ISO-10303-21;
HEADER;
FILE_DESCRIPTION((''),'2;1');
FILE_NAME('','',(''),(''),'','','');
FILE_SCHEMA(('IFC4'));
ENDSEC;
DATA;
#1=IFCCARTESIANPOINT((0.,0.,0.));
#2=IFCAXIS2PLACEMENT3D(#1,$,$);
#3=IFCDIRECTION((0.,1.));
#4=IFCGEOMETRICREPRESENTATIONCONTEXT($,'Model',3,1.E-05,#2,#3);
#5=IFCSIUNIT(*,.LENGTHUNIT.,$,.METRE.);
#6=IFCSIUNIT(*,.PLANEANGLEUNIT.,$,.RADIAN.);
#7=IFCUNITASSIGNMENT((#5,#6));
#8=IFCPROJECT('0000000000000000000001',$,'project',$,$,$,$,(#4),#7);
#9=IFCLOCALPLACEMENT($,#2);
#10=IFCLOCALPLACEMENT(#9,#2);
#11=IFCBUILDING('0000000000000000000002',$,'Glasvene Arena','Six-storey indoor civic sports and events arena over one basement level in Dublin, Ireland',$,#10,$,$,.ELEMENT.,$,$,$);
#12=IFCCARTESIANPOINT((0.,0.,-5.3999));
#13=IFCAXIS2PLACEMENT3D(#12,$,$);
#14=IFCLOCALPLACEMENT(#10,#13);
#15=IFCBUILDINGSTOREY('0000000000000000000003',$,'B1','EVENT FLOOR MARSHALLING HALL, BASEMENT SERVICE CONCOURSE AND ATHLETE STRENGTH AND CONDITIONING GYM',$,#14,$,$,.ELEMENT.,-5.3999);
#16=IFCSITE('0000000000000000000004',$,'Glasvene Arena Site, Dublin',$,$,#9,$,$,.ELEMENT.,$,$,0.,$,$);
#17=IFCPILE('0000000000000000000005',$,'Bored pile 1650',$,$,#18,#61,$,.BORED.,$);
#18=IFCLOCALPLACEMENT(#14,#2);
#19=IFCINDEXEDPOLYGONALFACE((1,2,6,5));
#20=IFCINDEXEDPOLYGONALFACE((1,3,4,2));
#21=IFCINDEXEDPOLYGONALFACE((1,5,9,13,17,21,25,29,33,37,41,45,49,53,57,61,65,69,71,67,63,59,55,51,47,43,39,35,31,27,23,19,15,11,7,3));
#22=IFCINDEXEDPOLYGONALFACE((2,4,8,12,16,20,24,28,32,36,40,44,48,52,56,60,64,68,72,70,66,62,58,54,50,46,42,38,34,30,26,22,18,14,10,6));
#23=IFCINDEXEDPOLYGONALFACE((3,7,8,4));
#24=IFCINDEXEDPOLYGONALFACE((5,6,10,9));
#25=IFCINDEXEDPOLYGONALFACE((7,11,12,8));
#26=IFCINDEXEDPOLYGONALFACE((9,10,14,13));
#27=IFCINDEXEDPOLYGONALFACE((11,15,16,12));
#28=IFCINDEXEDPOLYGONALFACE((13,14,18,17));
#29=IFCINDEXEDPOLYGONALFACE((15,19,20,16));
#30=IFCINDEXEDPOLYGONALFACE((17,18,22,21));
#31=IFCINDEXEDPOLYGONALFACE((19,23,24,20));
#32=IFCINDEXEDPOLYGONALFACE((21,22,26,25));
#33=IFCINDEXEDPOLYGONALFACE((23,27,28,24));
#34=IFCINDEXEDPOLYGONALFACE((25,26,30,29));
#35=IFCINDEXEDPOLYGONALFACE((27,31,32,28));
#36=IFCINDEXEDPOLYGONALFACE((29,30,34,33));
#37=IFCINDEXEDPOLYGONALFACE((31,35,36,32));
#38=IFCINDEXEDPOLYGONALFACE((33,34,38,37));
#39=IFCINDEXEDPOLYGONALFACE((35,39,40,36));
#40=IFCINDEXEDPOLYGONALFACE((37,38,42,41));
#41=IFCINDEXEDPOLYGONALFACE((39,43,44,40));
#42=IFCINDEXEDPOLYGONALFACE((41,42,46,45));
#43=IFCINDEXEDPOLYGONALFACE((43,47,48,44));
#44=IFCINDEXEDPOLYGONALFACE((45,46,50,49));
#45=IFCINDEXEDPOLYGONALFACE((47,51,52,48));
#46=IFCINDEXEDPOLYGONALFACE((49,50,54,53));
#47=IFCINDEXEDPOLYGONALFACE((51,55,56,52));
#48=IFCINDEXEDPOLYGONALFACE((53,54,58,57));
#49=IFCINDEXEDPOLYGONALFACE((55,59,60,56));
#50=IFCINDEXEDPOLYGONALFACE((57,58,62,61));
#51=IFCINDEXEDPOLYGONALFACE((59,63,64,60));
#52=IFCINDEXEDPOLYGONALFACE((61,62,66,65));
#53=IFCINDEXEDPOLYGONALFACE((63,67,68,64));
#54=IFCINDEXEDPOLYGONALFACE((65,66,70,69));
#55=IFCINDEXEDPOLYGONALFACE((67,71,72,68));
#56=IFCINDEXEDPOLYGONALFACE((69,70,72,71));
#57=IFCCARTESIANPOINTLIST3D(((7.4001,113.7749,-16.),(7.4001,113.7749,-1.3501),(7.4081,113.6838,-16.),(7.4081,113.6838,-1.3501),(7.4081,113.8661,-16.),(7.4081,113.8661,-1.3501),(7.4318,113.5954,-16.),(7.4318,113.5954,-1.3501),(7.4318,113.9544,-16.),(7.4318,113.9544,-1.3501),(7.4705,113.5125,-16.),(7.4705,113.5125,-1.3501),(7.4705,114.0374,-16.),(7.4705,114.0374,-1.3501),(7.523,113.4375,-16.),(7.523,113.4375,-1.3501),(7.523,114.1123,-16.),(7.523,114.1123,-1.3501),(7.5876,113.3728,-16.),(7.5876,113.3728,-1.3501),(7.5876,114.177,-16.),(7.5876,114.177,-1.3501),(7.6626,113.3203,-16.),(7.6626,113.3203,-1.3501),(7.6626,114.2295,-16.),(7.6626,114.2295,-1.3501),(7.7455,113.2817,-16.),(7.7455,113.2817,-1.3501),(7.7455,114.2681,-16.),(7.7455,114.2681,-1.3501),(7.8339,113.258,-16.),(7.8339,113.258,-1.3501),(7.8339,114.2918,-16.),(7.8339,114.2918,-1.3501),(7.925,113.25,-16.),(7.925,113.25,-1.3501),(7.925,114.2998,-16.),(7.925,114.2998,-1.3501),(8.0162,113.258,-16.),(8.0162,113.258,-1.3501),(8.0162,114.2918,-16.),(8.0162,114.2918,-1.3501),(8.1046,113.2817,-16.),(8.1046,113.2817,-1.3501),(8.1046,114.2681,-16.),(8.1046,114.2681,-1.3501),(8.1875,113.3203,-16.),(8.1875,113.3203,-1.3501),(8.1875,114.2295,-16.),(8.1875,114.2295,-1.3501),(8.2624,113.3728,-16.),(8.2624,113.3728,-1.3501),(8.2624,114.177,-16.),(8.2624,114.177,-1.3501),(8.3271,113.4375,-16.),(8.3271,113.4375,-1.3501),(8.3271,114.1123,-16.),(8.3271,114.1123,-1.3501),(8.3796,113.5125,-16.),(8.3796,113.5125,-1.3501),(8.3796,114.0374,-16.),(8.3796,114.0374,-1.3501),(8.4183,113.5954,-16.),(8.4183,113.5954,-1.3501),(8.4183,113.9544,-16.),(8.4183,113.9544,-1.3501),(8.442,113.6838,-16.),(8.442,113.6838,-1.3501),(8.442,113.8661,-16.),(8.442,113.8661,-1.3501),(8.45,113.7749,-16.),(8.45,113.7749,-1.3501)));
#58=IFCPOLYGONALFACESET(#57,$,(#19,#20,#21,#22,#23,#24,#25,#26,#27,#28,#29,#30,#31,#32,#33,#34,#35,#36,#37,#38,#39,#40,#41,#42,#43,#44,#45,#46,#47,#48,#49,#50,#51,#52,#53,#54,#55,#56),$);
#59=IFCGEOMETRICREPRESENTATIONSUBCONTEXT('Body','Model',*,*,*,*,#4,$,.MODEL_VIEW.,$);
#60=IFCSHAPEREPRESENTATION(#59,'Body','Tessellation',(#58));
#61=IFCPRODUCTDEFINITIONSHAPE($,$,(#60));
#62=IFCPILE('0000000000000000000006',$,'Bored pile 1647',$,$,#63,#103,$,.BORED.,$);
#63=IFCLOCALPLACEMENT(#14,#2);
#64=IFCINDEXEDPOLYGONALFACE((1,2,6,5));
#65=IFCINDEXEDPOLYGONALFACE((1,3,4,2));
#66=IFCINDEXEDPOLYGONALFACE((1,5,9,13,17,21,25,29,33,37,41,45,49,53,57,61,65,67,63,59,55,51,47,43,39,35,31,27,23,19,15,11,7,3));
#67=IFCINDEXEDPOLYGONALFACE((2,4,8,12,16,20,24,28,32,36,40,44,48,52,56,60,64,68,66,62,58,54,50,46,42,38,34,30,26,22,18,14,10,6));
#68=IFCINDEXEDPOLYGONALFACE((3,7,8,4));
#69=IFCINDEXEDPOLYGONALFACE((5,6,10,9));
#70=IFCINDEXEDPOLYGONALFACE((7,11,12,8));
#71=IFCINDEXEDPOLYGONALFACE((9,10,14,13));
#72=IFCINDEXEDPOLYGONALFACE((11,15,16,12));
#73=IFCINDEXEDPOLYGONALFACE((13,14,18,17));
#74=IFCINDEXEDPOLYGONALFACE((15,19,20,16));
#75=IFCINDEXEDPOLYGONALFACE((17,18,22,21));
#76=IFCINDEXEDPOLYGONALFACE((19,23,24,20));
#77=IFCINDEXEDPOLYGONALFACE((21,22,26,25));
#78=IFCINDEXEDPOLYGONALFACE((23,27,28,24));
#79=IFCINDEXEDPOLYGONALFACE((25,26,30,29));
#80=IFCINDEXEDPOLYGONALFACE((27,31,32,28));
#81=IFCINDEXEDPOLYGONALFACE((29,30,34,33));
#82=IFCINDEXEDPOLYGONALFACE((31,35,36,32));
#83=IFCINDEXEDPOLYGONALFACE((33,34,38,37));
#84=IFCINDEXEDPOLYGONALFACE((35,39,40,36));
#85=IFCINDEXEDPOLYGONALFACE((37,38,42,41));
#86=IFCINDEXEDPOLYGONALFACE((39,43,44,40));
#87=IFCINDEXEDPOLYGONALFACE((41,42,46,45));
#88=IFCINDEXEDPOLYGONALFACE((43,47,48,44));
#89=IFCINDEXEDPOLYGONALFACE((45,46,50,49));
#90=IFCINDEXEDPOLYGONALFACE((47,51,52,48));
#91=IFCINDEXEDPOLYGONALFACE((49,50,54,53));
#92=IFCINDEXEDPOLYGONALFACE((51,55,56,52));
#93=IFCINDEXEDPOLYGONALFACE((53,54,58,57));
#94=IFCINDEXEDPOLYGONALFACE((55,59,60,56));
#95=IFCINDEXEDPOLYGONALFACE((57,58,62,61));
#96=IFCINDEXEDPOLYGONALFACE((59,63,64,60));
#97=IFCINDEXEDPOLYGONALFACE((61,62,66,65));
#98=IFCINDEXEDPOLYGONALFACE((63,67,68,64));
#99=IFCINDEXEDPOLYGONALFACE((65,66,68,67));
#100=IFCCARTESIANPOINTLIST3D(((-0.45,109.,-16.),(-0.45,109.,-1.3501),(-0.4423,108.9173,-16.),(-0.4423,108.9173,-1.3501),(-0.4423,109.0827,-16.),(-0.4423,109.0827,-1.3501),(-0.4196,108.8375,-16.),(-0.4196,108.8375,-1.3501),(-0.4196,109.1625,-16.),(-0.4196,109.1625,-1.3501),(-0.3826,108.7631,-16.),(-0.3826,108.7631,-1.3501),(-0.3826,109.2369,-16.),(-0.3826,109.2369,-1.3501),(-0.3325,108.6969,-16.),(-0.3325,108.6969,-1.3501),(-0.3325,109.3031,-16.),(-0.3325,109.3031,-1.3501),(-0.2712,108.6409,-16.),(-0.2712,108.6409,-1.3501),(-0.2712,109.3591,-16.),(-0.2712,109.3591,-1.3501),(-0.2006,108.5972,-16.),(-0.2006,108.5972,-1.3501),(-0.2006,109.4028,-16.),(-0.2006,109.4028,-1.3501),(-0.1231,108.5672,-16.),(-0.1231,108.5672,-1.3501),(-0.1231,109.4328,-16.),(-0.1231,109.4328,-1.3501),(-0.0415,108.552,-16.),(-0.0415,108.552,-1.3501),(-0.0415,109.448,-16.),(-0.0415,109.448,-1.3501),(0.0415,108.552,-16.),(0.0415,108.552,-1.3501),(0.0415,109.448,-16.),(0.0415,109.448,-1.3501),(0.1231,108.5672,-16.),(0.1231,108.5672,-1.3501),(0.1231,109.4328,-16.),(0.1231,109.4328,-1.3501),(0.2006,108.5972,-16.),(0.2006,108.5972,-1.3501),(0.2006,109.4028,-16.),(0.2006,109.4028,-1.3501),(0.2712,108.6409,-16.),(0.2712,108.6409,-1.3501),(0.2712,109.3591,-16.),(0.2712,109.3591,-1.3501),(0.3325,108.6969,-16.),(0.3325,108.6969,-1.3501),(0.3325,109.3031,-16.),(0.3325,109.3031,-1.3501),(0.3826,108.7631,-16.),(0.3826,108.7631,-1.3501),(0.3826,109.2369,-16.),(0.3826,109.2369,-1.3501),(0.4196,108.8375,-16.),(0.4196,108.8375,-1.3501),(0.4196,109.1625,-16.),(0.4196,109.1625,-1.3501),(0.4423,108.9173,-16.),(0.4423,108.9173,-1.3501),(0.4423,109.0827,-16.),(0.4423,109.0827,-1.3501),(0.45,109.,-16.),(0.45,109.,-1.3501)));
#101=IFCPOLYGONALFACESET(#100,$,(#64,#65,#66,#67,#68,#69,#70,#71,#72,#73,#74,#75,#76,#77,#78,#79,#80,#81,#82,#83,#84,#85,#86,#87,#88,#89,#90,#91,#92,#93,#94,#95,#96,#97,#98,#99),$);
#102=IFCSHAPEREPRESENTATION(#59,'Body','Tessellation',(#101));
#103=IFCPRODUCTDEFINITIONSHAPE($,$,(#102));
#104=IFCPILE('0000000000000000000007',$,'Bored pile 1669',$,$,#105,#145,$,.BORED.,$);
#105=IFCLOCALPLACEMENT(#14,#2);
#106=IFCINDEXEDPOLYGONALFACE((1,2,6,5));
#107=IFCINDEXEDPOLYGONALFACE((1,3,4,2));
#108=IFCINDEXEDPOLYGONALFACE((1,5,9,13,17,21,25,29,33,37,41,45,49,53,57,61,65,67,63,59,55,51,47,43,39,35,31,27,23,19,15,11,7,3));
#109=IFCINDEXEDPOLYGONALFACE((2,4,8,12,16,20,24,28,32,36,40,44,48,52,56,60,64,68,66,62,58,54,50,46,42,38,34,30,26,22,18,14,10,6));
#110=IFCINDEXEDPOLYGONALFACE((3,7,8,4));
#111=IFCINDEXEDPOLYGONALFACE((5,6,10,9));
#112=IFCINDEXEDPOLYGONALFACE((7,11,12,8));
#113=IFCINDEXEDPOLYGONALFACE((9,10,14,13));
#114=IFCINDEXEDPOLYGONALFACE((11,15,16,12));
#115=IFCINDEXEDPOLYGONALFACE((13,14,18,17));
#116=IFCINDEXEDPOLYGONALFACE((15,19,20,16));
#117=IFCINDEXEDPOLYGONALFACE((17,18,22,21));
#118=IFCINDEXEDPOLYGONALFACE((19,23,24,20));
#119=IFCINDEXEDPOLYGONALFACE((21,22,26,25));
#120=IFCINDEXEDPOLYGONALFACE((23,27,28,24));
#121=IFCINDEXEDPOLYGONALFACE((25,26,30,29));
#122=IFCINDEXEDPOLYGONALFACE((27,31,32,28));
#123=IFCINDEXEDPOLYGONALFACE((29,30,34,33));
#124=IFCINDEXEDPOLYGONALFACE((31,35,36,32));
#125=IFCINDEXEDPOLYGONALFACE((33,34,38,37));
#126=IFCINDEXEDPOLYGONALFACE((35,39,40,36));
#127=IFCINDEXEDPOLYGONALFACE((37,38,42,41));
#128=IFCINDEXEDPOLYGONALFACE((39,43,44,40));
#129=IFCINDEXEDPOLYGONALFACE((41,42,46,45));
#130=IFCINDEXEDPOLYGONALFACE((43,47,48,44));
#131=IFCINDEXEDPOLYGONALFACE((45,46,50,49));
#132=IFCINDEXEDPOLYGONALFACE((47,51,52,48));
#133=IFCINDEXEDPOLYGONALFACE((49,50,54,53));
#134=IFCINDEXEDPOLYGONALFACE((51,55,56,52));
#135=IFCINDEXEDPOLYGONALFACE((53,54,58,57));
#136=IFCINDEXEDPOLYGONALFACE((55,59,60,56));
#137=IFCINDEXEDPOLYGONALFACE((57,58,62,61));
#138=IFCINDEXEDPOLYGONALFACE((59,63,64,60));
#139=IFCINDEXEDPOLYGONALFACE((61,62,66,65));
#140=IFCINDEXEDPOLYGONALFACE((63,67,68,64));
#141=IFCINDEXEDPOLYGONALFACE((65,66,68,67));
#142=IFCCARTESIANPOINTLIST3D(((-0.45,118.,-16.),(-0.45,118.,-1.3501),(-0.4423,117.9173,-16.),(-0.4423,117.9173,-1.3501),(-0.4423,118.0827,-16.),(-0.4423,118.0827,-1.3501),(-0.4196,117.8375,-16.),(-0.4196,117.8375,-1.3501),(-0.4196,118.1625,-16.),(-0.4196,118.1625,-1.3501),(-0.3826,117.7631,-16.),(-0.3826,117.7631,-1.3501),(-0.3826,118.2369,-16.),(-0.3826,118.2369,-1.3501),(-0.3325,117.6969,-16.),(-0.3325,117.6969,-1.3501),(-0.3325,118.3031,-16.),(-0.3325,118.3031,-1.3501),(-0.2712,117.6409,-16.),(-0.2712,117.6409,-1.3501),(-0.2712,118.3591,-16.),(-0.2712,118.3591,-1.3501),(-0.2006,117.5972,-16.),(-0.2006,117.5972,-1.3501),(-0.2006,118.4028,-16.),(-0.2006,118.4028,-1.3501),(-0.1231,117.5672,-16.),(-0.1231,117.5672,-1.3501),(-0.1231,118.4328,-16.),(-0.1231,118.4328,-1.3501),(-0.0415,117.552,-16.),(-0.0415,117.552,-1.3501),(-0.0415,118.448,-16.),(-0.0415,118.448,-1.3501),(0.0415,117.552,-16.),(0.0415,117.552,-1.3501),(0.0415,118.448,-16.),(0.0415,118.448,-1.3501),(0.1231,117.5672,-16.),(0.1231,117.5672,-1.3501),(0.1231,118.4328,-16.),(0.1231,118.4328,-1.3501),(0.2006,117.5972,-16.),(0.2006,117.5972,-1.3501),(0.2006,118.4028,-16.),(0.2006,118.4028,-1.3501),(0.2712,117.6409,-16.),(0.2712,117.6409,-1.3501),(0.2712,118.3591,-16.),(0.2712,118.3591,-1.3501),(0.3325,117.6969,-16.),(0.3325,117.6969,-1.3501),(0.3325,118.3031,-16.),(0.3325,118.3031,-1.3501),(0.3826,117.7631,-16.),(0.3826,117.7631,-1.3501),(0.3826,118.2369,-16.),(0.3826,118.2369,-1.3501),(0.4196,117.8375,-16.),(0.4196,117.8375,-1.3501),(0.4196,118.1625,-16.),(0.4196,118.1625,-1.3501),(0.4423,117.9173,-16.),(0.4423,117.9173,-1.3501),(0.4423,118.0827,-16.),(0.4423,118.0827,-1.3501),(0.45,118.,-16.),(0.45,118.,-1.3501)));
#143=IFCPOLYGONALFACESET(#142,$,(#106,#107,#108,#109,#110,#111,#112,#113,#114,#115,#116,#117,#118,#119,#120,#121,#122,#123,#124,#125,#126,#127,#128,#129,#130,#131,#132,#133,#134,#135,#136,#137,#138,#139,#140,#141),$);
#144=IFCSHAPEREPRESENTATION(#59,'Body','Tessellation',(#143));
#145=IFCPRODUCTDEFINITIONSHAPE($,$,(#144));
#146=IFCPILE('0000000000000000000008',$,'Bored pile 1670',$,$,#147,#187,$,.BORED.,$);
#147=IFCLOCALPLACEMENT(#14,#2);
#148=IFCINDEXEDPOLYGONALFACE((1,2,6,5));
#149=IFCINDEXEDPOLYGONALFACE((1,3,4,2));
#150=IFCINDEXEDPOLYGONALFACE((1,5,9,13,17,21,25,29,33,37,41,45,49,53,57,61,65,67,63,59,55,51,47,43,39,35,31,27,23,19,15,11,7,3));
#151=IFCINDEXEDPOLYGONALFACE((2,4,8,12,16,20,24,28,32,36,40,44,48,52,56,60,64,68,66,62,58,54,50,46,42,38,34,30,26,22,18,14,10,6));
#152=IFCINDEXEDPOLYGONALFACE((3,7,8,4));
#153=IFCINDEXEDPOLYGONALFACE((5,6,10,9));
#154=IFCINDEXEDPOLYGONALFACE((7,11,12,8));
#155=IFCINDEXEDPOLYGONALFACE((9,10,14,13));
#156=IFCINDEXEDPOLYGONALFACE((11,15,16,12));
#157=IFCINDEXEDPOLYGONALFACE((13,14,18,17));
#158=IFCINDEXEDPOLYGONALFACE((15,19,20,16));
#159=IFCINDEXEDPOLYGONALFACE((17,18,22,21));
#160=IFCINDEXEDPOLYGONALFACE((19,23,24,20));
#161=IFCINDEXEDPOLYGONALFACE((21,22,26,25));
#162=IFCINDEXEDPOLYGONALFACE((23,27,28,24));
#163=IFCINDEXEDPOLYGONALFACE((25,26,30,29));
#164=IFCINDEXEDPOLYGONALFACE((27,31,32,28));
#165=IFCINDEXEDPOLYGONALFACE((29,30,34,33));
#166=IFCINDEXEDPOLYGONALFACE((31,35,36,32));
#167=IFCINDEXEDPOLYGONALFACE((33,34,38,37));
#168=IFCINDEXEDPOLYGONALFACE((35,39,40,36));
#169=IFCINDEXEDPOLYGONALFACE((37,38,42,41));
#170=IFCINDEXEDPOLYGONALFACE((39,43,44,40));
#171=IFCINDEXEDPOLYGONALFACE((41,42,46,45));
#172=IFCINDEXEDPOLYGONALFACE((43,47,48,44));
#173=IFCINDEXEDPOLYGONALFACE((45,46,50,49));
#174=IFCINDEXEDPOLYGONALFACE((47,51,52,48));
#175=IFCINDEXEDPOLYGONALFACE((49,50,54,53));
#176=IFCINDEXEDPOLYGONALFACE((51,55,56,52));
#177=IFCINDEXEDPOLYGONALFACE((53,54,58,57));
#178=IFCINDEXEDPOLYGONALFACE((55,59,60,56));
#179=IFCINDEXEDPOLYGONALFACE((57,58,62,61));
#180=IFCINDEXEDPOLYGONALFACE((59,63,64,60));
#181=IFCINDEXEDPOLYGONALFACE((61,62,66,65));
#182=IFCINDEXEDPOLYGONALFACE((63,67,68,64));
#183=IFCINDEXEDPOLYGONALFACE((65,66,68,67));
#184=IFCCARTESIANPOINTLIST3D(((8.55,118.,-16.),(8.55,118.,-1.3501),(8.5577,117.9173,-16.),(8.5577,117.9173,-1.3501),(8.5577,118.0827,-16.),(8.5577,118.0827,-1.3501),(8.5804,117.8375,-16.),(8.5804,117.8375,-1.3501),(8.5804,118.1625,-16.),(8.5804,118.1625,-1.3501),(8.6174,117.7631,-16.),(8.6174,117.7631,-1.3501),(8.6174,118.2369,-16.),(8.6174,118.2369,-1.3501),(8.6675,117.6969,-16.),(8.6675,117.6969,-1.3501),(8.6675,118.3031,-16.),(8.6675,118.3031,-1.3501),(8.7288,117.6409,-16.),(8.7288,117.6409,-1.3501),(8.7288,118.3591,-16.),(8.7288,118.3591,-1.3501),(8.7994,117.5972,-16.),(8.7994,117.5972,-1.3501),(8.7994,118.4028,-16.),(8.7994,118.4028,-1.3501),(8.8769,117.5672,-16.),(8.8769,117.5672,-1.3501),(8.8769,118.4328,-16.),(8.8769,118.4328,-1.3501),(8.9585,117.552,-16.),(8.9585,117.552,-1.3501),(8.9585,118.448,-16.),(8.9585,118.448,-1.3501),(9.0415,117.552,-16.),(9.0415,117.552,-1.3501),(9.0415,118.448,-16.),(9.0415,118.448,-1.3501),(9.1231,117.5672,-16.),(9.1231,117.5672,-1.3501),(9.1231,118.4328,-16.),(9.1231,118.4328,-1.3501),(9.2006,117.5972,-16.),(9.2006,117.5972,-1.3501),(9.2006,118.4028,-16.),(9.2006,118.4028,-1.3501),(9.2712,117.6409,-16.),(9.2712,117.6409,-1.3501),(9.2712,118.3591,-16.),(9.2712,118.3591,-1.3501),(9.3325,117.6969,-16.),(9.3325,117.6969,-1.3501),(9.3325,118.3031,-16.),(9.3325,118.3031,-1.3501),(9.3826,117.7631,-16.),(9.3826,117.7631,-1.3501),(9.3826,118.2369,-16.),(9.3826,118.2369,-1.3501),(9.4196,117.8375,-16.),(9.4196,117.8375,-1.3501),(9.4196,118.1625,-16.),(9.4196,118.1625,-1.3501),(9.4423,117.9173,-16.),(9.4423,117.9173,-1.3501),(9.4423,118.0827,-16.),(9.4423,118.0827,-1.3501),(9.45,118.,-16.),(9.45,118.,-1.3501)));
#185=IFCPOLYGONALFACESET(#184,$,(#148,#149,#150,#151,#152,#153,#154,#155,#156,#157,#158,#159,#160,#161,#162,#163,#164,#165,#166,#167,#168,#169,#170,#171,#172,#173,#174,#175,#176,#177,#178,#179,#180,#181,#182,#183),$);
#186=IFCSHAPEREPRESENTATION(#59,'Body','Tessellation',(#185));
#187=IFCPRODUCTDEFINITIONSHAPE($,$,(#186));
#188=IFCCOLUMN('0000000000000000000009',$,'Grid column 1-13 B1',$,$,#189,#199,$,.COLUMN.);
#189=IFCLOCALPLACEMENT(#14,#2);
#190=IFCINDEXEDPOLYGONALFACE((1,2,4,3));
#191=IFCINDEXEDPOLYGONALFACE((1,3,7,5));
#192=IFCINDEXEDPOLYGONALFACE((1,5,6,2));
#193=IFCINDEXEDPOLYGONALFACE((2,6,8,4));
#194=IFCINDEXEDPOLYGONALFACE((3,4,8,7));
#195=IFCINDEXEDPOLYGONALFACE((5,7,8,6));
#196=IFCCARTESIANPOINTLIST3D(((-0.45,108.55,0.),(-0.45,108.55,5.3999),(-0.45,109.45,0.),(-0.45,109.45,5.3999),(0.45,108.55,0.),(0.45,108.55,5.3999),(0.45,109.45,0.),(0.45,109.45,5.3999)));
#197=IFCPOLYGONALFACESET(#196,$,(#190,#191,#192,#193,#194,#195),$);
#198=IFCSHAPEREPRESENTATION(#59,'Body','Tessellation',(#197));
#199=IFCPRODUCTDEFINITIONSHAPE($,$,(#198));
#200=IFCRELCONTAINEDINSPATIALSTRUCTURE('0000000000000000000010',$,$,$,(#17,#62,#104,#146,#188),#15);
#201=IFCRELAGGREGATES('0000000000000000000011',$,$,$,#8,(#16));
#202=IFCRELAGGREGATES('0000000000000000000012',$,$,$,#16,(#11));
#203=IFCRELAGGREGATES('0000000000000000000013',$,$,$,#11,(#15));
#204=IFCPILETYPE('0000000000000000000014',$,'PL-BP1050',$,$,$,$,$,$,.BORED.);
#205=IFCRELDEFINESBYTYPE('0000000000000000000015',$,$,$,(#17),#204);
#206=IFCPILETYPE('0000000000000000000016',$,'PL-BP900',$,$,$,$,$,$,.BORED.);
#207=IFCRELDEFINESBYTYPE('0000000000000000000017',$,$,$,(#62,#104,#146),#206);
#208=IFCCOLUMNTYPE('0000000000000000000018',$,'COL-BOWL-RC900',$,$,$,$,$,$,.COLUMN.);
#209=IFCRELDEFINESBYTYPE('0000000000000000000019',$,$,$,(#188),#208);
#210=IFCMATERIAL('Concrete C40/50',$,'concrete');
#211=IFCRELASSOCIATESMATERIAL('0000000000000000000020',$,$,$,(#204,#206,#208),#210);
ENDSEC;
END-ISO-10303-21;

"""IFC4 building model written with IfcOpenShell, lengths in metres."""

from ifc_helpers import new_model, si_unit, direction, frame, origin, origin_2d, place, context, subcontext, project, spatial, rectangle, circle, extrude, material, material_profile, profile_set, type_object, element, save


model = new_model("IFC4")

# Units and contexts
model_context = context("Model", 3, precision=1e-05, world=origin(), true_north=direction((0.0, 1.0)))
body_context = subcontext(model_context, "Body", "Model", "MODEL_VIEW")
ifc_project = project(units=[si_unit("LENGTHUNIT", "METRE"), si_unit("PLANEANGLEUNIT", "RADIAN")], contexts=[model_context])

# Site, building, storey
site_placement = place(None, origin())
site = spatial("IfcSite", under=ifc_project, at=site_placement, Name="Glasvene Arena Site, Dublin", CompositionType="ELEMENT", RefElevation=0.0)
building_placement = place(site_placement, origin())
building = spatial("IfcBuilding", under=site, at=building_placement, Name="Glasvene Arena", Description="Six-storey indoor civic sports and events arena over one basement level in Dublin, Ireland", CompositionType="ELEMENT")
storey_placement = place(building_placement, frame((0.0, 0.0, -5.3999)))
storey = spatial("IfcBuildingStorey", under=building, at=storey_placement, Name="B1", Description="EVENT FLOOR MARSHALLING HALL, BASEMENT SERVICE CONCOURSE AND ATHLETE STRENGTH AND CONDITIONING GYM", CompositionType="ELEMENT", Elevation=-5.3999)

# Shared definitions
ifc_material_1 = material(Name="Concrete C40/50", Category="concrete")

# Piles
ifc_material_profile_1 = material_profile(ifc_material_1, circle(Radius=0.5249, at=origin_2d()), Name="BORED PILE 1050")
ifc_profile_set_1 = profile_set([ifc_material_profile_1], Name="Concrete C40/50")
pile_type_1 = type_object("IfcPileType", Name="PL-BP1050", PredefinedType="BORED", material=ifc_profile_set_1)
for number, where, z_axis, x_axis, name in (
    (1, (7.925, 113.7749, -1.3501), (0.0, 0.0, -1.0), (1.0, 0.0, 0.0), "Bored pile 1650"),
):
    element("IfcPile", number, at=place(storey_placement, frame(where, z_axis=z_axis, x_axis=x_axis)), inside=storey, type_object=pile_type_1, Name=name, PredefinedType="BORED", context=body_context, shape_type="SweptSolid", body=[
        extrude(circle(Radius=0.5249, at=origin_2d()), origin(), (0.0, 0.0, 1.0), 14.6499),
    ])
ifc_material_profile_2 = material_profile(ifc_material_1, circle(Radius=0.45, at=origin_2d()), Name="BORED PILE 900")
ifc_profile_set_2 = profile_set([ifc_material_profile_2], Name="Concrete C40/50")
pile_type_2 = type_object("IfcPileType", Name="PL-BP900", PredefinedType="BORED", material=ifc_profile_set_2)
for number, where, z_axis, x_axis, name in (
    (2, (0.0, 109.0, -1.3501), (0.0, 0.0, -1.0), (1.0, 0.0, 0.0), "Bored pile 1647"),
    (3, (0.0, 118.0, -1.3501), (0.0, 0.0, -1.0), (1.0, 0.0, 0.0), "Bored pile 1669"),
    (4, (9.0, 118.0, -1.3501), (0.0, 0.0, -1.0), (1.0, 0.0, 0.0), "Bored pile 1670"),
):
    element("IfcPile", number, at=place(storey_placement, frame(where, z_axis=z_axis, x_axis=x_axis)), inside=storey, type_object=pile_type_2, Name=name, PredefinedType="BORED", context=body_context, shape_type="SweptSolid", body=[
        extrude(circle(Radius=0.45, at=origin_2d()), origin(), (0.0, 0.0, 1.0), 14.6499),
    ])

# Column
ifc_material_profile_3 = material_profile(ifc_material_1, rectangle(XDim=0.8999, YDim=0.8999, at=origin_2d()), Name="RC 900x900")
ifc_profile_set_3 = profile_set([ifc_material_profile_3], Name="Concrete C40/50")
column_type_1 = type_object("IfcColumnType", Name="COL-BOWL-RC900", PredefinedType="COLUMN", material=ifc_profile_set_3)
for number, where, z_axis, x_axis, name in (
    (5, (0.0, 109.0, 0.0), (0.0, 0.0, 1.0), (1.0, 0.0, 0.0), "Grid column 1-13 B1"),
):
    element("IfcColumn", number, at=place(storey_placement, frame(where, z_axis=z_axis, x_axis=x_axis)), inside=storey, type_object=column_type_1, Name=name, PredefinedType="COLUMN", context=body_context, shape_type="SweptSolid", body=[
        extrude(rectangle(XDim=0.8999, YDim=0.8999, at=origin_2d()), origin(), (0.0, 0.0, 1.0), 5.3999),
    ])

save(model, "model.ifc")
